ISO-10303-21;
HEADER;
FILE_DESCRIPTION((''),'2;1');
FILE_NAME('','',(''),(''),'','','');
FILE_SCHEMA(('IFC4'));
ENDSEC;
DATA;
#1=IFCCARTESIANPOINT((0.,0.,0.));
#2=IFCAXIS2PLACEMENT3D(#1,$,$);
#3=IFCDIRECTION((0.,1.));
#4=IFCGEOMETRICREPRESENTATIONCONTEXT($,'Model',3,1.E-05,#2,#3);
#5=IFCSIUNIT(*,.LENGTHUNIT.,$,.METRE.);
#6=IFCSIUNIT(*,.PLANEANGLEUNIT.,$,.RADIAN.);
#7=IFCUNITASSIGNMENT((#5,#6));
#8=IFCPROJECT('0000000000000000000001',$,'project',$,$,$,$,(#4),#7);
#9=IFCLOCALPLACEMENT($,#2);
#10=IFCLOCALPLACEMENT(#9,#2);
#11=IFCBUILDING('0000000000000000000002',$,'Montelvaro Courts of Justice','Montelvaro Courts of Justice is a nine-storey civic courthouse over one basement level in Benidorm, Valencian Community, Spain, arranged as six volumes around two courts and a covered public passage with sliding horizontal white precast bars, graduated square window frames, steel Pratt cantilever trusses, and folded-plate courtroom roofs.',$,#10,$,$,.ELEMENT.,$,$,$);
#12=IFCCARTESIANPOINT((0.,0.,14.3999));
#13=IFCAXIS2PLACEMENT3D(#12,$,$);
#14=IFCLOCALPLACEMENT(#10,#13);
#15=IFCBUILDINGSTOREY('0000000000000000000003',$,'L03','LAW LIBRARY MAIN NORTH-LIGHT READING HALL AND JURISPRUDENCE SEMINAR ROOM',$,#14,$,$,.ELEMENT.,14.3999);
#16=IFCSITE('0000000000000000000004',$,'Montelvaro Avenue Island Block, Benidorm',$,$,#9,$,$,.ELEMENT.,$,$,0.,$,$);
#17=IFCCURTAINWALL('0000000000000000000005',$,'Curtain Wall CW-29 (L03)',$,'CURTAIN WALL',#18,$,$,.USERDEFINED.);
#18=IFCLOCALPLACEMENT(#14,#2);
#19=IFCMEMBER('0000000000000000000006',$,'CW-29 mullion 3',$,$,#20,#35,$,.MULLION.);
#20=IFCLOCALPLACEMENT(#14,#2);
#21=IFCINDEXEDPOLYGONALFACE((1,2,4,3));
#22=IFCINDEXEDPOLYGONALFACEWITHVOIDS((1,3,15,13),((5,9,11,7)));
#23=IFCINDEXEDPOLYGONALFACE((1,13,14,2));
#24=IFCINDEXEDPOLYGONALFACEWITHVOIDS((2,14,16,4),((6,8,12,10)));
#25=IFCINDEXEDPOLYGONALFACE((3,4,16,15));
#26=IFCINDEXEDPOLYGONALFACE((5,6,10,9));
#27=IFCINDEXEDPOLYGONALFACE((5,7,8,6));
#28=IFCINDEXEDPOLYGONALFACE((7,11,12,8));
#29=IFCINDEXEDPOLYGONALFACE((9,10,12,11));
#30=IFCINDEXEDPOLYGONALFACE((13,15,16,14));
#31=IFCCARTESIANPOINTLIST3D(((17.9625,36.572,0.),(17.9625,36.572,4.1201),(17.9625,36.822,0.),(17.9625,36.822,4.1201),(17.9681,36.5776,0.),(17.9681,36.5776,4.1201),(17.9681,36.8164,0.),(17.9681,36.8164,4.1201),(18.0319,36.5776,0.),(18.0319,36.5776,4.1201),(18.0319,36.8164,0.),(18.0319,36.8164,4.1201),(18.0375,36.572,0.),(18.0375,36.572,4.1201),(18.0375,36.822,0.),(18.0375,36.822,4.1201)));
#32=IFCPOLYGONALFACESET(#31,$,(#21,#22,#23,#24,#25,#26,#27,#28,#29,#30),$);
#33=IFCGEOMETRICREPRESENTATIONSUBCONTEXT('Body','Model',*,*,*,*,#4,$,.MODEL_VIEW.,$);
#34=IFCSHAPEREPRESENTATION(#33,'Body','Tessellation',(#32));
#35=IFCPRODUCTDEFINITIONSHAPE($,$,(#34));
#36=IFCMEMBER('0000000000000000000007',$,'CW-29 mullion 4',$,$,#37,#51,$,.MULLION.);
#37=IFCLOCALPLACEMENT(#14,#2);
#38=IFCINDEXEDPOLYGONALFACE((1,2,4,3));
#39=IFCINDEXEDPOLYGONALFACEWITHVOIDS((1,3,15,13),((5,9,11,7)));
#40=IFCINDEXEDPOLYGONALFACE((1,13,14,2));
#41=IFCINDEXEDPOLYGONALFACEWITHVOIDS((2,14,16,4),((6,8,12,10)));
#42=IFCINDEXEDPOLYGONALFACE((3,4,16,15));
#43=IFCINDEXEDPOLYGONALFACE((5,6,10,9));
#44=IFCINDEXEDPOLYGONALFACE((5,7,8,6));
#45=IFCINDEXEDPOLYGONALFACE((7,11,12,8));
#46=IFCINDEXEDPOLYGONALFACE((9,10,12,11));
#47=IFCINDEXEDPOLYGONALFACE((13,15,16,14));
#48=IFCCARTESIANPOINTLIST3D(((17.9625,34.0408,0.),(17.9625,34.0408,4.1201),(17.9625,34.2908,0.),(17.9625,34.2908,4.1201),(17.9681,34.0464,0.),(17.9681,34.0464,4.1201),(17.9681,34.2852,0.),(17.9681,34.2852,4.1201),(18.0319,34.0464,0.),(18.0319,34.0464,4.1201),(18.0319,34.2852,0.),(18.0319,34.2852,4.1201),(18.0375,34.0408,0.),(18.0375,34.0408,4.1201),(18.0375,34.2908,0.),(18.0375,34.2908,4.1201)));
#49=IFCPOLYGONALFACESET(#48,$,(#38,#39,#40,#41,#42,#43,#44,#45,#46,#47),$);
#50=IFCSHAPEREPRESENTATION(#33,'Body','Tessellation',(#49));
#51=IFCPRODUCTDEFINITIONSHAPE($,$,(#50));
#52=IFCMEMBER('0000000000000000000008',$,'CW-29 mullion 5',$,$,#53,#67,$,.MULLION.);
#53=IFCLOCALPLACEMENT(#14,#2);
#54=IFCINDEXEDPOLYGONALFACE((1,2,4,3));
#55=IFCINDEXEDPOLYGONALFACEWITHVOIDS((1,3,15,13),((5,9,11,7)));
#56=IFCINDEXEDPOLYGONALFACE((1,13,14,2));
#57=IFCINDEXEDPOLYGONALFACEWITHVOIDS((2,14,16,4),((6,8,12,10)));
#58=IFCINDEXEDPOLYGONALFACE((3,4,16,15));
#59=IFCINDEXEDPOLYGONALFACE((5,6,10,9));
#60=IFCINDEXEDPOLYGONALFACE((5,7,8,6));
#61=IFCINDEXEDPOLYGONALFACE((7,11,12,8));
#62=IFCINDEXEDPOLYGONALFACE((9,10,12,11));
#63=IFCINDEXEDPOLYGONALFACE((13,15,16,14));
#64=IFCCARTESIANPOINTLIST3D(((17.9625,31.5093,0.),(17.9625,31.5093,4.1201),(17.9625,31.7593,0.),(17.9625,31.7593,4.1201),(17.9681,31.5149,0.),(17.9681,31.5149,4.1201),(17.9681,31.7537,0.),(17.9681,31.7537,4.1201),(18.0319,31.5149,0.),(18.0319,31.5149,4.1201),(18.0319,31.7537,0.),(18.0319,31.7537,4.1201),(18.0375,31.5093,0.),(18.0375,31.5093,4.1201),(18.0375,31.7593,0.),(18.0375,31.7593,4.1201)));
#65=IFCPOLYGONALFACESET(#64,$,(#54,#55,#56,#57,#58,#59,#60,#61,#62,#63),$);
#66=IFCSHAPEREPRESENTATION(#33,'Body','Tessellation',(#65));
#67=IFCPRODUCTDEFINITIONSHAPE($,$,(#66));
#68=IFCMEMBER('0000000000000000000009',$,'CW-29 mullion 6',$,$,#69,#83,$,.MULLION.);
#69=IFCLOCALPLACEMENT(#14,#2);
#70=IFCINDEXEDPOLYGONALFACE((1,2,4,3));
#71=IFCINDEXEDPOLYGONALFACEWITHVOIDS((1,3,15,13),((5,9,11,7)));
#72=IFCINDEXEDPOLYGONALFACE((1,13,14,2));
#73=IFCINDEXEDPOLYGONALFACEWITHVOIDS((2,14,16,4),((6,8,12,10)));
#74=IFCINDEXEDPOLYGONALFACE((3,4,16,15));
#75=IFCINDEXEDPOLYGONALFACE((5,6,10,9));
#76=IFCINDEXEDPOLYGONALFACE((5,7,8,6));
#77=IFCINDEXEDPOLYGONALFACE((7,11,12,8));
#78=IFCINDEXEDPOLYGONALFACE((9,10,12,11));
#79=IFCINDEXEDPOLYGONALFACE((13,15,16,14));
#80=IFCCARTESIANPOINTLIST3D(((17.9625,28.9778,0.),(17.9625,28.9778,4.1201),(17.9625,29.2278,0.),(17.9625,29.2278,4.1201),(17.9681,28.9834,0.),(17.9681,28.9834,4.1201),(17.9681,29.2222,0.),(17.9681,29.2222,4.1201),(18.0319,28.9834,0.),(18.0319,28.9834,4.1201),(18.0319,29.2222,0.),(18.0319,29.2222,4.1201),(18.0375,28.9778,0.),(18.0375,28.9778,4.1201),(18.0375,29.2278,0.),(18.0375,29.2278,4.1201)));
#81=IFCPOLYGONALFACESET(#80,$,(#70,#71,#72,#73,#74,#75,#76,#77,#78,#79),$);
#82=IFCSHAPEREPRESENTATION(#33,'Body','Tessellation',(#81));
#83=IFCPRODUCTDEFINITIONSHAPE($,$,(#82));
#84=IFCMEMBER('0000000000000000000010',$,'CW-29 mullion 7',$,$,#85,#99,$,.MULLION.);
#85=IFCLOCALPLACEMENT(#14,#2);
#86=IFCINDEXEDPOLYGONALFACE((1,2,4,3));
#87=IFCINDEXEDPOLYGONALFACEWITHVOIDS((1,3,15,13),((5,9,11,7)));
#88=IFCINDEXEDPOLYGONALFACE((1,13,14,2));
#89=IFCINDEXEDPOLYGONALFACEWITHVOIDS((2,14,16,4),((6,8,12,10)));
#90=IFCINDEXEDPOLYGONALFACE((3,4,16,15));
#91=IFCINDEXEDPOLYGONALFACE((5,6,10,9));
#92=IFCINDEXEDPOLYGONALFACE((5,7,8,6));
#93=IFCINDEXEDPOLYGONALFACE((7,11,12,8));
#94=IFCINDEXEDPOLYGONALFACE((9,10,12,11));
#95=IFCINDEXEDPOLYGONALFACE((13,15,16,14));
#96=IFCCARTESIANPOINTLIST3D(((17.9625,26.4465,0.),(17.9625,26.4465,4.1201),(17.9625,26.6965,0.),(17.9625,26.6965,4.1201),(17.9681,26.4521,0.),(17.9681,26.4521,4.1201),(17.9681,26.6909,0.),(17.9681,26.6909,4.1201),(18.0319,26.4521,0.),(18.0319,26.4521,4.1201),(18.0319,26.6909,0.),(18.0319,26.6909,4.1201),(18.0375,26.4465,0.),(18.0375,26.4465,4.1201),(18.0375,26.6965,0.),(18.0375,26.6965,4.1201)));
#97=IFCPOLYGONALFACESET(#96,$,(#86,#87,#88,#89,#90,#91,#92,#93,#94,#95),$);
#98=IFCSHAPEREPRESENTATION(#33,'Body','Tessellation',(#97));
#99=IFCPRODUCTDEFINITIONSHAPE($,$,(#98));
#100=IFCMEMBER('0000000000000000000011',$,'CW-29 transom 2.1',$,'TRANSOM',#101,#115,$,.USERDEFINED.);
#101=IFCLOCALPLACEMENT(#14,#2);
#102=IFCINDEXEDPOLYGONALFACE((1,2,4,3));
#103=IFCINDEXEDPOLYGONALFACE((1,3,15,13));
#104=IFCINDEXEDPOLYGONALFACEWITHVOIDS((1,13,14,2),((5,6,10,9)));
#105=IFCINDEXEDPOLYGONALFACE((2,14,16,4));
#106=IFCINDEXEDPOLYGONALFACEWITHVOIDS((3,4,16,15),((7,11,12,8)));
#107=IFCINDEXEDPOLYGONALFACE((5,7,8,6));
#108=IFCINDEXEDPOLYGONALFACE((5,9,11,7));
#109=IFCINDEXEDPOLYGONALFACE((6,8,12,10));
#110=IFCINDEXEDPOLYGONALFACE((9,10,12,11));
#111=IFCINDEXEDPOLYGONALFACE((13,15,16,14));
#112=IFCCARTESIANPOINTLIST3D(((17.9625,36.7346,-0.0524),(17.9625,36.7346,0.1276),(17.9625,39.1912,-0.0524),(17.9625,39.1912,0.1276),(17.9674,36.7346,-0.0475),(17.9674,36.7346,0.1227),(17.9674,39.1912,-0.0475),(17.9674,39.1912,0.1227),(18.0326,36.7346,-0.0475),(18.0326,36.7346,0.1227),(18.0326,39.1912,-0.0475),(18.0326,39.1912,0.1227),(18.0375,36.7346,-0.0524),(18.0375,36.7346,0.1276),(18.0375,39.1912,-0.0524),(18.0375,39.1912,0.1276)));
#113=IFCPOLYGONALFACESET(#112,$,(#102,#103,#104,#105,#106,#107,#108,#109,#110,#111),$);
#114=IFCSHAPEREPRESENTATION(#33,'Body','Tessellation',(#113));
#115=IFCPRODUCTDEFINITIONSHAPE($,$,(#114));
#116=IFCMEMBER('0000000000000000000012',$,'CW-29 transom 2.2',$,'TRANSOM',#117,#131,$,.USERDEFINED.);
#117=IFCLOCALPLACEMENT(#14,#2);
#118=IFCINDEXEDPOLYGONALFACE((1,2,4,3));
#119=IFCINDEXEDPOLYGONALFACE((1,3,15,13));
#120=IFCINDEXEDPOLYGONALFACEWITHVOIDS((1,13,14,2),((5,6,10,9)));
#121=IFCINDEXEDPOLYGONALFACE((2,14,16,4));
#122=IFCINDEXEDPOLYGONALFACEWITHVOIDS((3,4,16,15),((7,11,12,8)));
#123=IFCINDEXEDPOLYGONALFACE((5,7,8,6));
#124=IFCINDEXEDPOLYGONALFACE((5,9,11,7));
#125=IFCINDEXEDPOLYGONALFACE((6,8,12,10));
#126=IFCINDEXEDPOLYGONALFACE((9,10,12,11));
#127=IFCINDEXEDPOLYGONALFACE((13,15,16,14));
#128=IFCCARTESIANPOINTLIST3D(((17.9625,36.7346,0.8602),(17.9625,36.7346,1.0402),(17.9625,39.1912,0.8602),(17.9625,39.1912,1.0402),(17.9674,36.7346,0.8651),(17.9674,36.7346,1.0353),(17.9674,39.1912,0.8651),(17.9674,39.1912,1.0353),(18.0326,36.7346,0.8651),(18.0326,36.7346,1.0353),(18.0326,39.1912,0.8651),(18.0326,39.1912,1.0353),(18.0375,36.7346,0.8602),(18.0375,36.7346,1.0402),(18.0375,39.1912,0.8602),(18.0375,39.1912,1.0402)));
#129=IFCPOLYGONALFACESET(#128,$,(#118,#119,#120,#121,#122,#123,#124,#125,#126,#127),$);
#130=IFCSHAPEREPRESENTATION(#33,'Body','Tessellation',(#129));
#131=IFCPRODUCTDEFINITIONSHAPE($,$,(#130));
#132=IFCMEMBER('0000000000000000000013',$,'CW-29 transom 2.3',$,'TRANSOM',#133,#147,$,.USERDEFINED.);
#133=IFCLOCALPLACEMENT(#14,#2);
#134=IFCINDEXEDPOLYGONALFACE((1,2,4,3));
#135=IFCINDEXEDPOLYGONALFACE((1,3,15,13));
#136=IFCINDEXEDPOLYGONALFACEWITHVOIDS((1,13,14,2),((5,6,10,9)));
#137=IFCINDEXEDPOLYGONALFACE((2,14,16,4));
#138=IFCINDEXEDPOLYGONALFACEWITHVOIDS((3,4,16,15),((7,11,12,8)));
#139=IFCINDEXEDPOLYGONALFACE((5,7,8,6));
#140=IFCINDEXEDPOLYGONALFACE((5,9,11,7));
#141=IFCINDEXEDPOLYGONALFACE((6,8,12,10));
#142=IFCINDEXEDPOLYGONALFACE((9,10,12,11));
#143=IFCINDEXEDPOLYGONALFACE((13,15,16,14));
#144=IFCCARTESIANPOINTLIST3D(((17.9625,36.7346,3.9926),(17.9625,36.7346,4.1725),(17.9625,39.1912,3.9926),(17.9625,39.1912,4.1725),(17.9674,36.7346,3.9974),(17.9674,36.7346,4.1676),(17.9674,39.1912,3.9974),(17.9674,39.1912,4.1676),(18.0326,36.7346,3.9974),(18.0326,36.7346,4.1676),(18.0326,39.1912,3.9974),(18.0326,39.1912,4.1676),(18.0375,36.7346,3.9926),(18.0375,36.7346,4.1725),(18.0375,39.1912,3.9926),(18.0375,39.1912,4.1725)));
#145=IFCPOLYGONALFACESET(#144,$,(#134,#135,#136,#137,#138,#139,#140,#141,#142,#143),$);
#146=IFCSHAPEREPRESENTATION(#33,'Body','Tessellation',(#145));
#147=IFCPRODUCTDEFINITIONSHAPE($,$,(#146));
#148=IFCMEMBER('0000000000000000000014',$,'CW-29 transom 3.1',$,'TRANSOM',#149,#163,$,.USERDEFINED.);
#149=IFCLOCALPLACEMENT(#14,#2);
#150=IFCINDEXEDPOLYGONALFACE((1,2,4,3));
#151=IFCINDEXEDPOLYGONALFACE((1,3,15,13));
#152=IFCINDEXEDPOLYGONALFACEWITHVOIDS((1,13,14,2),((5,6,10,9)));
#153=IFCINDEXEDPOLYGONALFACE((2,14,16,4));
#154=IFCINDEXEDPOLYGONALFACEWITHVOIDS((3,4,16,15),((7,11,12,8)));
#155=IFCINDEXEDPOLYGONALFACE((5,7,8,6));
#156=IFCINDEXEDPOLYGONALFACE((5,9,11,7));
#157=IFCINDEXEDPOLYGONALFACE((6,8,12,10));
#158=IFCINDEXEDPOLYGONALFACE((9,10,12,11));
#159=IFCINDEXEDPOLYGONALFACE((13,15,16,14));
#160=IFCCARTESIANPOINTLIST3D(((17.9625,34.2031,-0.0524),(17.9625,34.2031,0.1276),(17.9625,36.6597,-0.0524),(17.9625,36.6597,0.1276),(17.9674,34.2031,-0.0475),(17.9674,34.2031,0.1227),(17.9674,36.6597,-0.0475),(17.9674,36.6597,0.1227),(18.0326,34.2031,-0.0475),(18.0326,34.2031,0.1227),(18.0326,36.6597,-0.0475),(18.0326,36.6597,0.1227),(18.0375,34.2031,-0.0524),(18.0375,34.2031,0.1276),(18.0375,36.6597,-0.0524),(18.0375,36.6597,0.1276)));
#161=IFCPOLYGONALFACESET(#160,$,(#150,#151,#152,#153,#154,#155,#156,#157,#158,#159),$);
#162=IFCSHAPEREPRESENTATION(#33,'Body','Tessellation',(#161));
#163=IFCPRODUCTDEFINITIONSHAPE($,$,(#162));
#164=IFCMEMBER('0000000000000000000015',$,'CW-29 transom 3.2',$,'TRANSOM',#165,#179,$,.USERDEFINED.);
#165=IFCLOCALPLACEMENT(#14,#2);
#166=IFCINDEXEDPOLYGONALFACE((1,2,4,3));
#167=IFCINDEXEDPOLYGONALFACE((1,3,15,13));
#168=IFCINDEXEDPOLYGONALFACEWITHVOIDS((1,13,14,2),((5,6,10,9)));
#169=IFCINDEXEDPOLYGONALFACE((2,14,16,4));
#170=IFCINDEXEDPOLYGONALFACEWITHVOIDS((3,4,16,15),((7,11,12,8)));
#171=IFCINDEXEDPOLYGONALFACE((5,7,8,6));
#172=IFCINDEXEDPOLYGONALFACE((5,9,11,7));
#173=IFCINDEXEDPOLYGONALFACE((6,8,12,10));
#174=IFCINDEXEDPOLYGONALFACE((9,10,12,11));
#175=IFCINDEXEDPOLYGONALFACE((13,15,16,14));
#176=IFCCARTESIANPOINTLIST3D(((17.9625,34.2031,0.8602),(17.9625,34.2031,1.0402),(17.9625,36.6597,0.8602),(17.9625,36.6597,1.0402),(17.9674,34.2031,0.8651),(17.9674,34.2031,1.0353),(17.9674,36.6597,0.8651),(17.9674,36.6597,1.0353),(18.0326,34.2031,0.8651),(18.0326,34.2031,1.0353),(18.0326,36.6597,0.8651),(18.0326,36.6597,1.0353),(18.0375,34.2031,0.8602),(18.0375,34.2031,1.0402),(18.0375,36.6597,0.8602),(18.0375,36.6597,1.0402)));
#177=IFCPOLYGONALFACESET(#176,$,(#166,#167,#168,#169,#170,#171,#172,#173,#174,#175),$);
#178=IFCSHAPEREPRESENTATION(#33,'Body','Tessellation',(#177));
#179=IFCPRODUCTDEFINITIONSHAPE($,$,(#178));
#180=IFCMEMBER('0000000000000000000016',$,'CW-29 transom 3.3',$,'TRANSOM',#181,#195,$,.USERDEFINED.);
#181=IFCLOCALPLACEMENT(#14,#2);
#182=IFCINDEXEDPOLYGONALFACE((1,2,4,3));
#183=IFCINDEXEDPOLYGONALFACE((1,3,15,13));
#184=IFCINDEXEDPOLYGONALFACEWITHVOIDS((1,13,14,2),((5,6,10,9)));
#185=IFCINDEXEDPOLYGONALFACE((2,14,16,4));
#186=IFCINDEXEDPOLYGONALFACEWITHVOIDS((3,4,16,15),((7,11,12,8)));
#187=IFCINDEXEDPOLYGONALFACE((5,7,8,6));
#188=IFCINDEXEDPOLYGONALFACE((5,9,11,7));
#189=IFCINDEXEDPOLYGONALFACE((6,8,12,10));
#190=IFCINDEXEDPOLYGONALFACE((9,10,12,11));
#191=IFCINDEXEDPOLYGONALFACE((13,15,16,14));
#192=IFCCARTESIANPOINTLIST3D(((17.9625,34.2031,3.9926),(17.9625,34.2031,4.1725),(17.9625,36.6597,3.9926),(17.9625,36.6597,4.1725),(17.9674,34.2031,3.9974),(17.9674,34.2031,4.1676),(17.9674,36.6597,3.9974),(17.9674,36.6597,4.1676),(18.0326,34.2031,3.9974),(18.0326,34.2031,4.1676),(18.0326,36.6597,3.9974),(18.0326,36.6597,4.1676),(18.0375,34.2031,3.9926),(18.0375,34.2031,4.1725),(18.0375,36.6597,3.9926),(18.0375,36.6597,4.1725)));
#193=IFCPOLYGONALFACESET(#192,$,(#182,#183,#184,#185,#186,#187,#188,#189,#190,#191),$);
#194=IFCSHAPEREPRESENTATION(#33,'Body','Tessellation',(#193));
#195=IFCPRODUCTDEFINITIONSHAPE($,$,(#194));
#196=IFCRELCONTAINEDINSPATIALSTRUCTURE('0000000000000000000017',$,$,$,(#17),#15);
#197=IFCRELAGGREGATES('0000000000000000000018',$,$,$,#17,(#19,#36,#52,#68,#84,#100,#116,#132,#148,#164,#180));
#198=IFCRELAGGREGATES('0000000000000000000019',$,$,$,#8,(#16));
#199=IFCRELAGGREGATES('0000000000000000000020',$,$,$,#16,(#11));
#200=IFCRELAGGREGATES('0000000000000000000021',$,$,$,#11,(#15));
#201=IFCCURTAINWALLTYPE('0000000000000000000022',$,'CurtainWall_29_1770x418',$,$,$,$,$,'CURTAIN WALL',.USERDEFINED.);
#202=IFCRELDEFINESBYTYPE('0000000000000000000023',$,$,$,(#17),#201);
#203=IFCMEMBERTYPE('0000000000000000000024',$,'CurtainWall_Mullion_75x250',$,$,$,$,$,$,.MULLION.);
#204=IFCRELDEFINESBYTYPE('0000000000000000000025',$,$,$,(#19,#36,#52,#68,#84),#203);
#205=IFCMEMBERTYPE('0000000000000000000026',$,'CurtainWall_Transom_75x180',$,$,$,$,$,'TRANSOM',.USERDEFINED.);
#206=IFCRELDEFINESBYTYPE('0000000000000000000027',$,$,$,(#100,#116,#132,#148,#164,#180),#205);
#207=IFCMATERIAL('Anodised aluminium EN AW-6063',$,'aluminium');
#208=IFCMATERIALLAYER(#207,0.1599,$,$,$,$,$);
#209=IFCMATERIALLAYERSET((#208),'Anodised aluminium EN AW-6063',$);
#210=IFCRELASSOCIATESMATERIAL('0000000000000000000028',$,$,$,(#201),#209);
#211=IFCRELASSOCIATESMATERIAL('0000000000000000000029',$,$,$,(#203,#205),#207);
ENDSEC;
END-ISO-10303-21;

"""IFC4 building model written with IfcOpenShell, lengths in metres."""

from ifc_helpers import new_model, si_unit, direction, frame, origin, origin_2d, place, context, subcontext, project, spatial, hollow_rectangle, extrude, material, layer, layer_set, material_profile, profile_set, type_object, element, aggregate, save


model = new_model("IFC4")

# Units and contexts
model_context = context("Model", 3, precision=1e-05, world=origin(), true_north=direction((0.0, 1.0)))
body_context = subcontext(model_context, "Body", "Model", "MODEL_VIEW")
ifc_project = project(units=[si_unit("LENGTHUNIT", "METRE"), si_unit("PLANEANGLEUNIT", "RADIAN")], contexts=[model_context])

# Site, building, storey
site_placement = place(None, origin())
site = spatial("IfcSite", under=ifc_project, at=site_placement, Name="Montelvaro Avenue Island Block, Benidorm", CompositionType="ELEMENT", RefElevation=0.0)
building_placement = place(site_placement, origin())
building = spatial("IfcBuilding", under=site, at=building_placement, Name="Montelvaro Courts of Justice", Description="Montelvaro Courts of Justice is a nine-storey civic courthouse over one basement level in Benidorm, Valencian Community, Spain, arranged as six volumes around two courts and a covered public passage with sliding horizontal white precast bars, graduated square window frames, steel Pratt cantilever trusses, and folded-plate courtroom roofs.", CompositionType="ELEMENT")
storey_placement = place(building_placement, frame((0.0, 0.0, 14.3999)))
storey = spatial("IfcBuildingStorey", under=building, at=storey_placement, Name="L03", Description="LAW LIBRARY MAIN NORTH-LIGHT READING HALL AND JURISPRUDENCE SEMINAR ROOM", CompositionType="ELEMENT", Elevation=14.3999)

# Curtain wall, members
ifc_material_1 = material(Name="Anodised aluminium EN AW-6063", Category="aluminium")
ifc_layer_1 = layer(ifc_material_1, 0.1599)
ifc_layer_set_1 = layer_set([ifc_layer_1], Name="Anodised aluminium EN AW-6063")
curtain_wall_type = type_object("IfcCurtainWallType", Name="CurtainWall_29_1770x418", ElementType="CURTAIN WALL", PredefinedType="USERDEFINED", material=ifc_layer_set_1)
curtain_wall_placement = place(storey_placement, origin())
curtain_wall = element("IfcCurtainWall", 1, at=curtain_wall_placement, inside=storey, type_object=curtain_wall_type, Name="Curtain Wall CW-29 (L03)", ObjectType="CURTAIN WALL", PredefinedType="USERDEFINED")
ifc_material_profile_1 = material_profile(ifc_material_1, hollow_rectangle(XDim=0.075, YDim=0.25, WallThickness=0.0056, at=origin_2d()), Name="ALU-M 75x250")
ifc_profile_set_1 = profile_set([ifc_material_profile_1], Name="Anodised aluminium EN AW-6063")
member_type_1 = type_object("IfcMemberType", Name="CurtainWall_Mullion_75x250", PredefinedType="MULLION", material=ifc_profile_set_1)
member_1_placement = place(storey_placement, frame((18.0, 36.697, 0.0), z_axis=(0.0, 0.0, 1.0), x_axis=(1.0, 0.0, 0.0)))
member_1 = element("IfcMember", 2, at=member_1_placement, type_object=member_type_1, Name="CW-29 mullion 3", PredefinedType="MULLION", context=body_context, shape_type="SweptSolid", body=[
    extrude(hollow_rectangle(XDim=0.075, YDim=0.25, WallThickness=0.0056, at=origin_2d()), origin(), (0.0, 0.0, 1.0), 4.1201),
])
member_2_placement = place(storey_placement, frame((18.0, 34.1658, 0.0), z_axis=(0.0, 0.0, 1.0), x_axis=(1.0, 0.0, 0.0)))
member_2 = element("IfcMember", 3, at=member_2_placement, type_object=member_type_1, Name="CW-29 mullion 4", PredefinedType="MULLION", context=body_context, shape_type="SweptSolid", body=[
    extrude(hollow_rectangle(XDim=0.075, YDim=0.25, WallThickness=0.0056, at=origin_2d()), origin(), (0.0, 0.0, 1.0), 4.1201),
])
member_3_placement = place(storey_placement, frame((18.0, 31.6343, 0.0), z_axis=(0.0, 0.0, 1.0), x_axis=(1.0, 0.0, 0.0)))
member_3 = element("IfcMember", 4, at=member_3_placement, type_object=member_type_1, Name="CW-29 mullion 5", PredefinedType="MULLION", context=body_context, shape_type="SweptSolid", body=[
    extrude(hollow_rectangle(XDim=0.075, YDim=0.25, WallThickness=0.0056, at=origin_2d()), origin(), (0.0, 0.0, 1.0), 4.1201),
])
member_4_placement = place(storey_placement, frame((18.0, 29.1028, 0.0), z_axis=(0.0, 0.0, 1.0), x_axis=(1.0, 0.0, 0.0)))
member_4 = element("IfcMember", 5, at=member_4_placement, type_object=member_type_1, Name="CW-29 mullion 6", PredefinedType="MULLION", context=body_context, shape_type="SweptSolid", body=[
    extrude(hollow_rectangle(XDim=0.075, YDim=0.25, WallThickness=0.0056, at=origin_2d()), origin(), (0.0, 0.0, 1.0), 4.1201),
])
member_5_placement = place(storey_placement, frame((18.0, 26.5715, 0.0), z_axis=(0.0, 0.0, 1.0), x_axis=(1.0, 0.0, 0.0)))
member_5 = element("IfcMember", 6, at=member_5_placement, type_object=member_type_1, Name="CW-29 mullion 7", PredefinedType="MULLION", context=body_context, shape_type="SweptSolid", body=[
    extrude(hollow_rectangle(XDim=0.075, YDim=0.25, WallThickness=0.0056, at=origin_2d()), origin(), (0.0, 0.0, 1.0), 4.1201),
])
ifc_material_profile_2 = material_profile(ifc_material_1, hollow_rectangle(XDim=0.075, YDim=0.1799, WallThickness=0.0049, at=origin_2d()), Name="ALU-T 75x180")
ifc_profile_set_2 = profile_set([ifc_material_profile_2], Name="Anodised aluminium EN AW-6063")
member_type_2 = type_object("IfcMemberType", Name="CurtainWall_Transom_75x180", ElementType="TRANSOM", PredefinedType="USERDEFINED", material=ifc_profile_set_2)
member_6_placement = place(storey_placement, frame((18.0, 39.1912, 0.0376), z_axis=(0.0, -1.0, 0.0), x_axis=(1.0, 0.0, 0.0)))
member_6 = element("IfcMember", 7, at=member_6_placement, type_object=member_type_2, Name="CW-29 transom 2.1", ObjectType="TRANSOM", PredefinedType="USERDEFINED", context=body_context, shape_type="SweptSolid", body=[
    extrude(hollow_rectangle(XDim=0.075, YDim=0.1799, WallThickness=0.0049, at=origin_2d()), origin(), (0.0, 0.0, 1.0), 2.4565),
])
member_7_placement = place(storey_placement, frame((18.0, 39.1912, 0.9502), z_axis=(0.0, -1.0, 0.0), x_axis=(1.0, 0.0, 0.0)))
member_7 = element("IfcMember", 8, at=member_7_placement, type_object=member_type_2, Name="CW-29 transom 2.2", ObjectType="TRANSOM", PredefinedType="USERDEFINED", context=body_context, shape_type="SweptSolid", body=[
    extrude(hollow_rectangle(XDim=0.075, YDim=0.1799, WallThickness=0.0049, at=origin_2d()), origin(), (0.0, 0.0, 1.0), 2.4565),
])
member_8_placement = place(storey_placement, frame((18.0, 39.1912, 4.0825), z_axis=(0.0, -1.0, 0.0), x_axis=(1.0, 0.0, 0.0)))
member_8 = element("IfcMember", 9, at=member_8_placement, type_object=member_type_2, Name="CW-29 transom 2.3", ObjectType="TRANSOM", PredefinedType="USERDEFINED", context=body_context, shape_type="SweptSolid", body=[
    extrude(hollow_rectangle(XDim=0.075, YDim=0.1799, WallThickness=0.0049, at=origin_2d()), origin(), (0.0, 0.0, 1.0), 2.4565),
])
member_9_placement = place(storey_placement, frame((18.0, 36.6597, 0.0376), z_axis=(0.0, -1.0, 0.0), x_axis=(1.0, 0.0, 0.0)))
member_9 = element("IfcMember", 10, at=member_9_placement, type_object=member_type_2, Name="CW-29 transom 3.1", ObjectType="TRANSOM", PredefinedType="USERDEFINED", context=body_context, shape_type="SweptSolid", body=[
    extrude(hollow_rectangle(XDim=0.075, YDim=0.1799, WallThickness=0.0049, at=origin_2d()), origin(), (0.0, 0.0, 1.0), 2.4565),
])
member_10_placement = place(storey_placement, frame((18.0, 36.6597, 0.9502), z_axis=(0.0, -1.0, 0.0), x_axis=(1.0, 0.0, 0.0)))
member_10 = element("IfcMember", 11, at=member_10_placement, type_object=member_type_2, Name="CW-29 transom 3.2", ObjectType="TRANSOM", PredefinedType="USERDEFINED", context=body_context, shape_type="SweptSolid", body=[
    extrude(hollow_rectangle(XDim=0.075, YDim=0.1799, WallThickness=0.0049, at=origin_2d()), origin(), (0.0, 0.0, 1.0), 2.4565),
])
member_11_placement = place(storey_placement, frame((18.0, 36.6597, 4.0825), z_axis=(0.0, -1.0, 0.0), x_axis=(1.0, 0.0, 0.0)))
member_11 = element("IfcMember", 12, at=member_11_placement, type_object=member_type_2, Name="CW-29 transom 3.3", ObjectType="TRANSOM", PredefinedType="USERDEFINED", context=body_context, shape_type="SweptSolid", body=[
    extrude(hollow_rectangle(XDim=0.075, YDim=0.1799, WallThickness=0.0049, at=origin_2d()), origin(), (0.0, 0.0, 1.0), 2.4565),
])
aggregate(curtain_wall, [member_1, member_2, member_3, member_4, member_5, member_6, member_7, member_8, member_9, member_10, member_11])

save(model, "model.ifc")
